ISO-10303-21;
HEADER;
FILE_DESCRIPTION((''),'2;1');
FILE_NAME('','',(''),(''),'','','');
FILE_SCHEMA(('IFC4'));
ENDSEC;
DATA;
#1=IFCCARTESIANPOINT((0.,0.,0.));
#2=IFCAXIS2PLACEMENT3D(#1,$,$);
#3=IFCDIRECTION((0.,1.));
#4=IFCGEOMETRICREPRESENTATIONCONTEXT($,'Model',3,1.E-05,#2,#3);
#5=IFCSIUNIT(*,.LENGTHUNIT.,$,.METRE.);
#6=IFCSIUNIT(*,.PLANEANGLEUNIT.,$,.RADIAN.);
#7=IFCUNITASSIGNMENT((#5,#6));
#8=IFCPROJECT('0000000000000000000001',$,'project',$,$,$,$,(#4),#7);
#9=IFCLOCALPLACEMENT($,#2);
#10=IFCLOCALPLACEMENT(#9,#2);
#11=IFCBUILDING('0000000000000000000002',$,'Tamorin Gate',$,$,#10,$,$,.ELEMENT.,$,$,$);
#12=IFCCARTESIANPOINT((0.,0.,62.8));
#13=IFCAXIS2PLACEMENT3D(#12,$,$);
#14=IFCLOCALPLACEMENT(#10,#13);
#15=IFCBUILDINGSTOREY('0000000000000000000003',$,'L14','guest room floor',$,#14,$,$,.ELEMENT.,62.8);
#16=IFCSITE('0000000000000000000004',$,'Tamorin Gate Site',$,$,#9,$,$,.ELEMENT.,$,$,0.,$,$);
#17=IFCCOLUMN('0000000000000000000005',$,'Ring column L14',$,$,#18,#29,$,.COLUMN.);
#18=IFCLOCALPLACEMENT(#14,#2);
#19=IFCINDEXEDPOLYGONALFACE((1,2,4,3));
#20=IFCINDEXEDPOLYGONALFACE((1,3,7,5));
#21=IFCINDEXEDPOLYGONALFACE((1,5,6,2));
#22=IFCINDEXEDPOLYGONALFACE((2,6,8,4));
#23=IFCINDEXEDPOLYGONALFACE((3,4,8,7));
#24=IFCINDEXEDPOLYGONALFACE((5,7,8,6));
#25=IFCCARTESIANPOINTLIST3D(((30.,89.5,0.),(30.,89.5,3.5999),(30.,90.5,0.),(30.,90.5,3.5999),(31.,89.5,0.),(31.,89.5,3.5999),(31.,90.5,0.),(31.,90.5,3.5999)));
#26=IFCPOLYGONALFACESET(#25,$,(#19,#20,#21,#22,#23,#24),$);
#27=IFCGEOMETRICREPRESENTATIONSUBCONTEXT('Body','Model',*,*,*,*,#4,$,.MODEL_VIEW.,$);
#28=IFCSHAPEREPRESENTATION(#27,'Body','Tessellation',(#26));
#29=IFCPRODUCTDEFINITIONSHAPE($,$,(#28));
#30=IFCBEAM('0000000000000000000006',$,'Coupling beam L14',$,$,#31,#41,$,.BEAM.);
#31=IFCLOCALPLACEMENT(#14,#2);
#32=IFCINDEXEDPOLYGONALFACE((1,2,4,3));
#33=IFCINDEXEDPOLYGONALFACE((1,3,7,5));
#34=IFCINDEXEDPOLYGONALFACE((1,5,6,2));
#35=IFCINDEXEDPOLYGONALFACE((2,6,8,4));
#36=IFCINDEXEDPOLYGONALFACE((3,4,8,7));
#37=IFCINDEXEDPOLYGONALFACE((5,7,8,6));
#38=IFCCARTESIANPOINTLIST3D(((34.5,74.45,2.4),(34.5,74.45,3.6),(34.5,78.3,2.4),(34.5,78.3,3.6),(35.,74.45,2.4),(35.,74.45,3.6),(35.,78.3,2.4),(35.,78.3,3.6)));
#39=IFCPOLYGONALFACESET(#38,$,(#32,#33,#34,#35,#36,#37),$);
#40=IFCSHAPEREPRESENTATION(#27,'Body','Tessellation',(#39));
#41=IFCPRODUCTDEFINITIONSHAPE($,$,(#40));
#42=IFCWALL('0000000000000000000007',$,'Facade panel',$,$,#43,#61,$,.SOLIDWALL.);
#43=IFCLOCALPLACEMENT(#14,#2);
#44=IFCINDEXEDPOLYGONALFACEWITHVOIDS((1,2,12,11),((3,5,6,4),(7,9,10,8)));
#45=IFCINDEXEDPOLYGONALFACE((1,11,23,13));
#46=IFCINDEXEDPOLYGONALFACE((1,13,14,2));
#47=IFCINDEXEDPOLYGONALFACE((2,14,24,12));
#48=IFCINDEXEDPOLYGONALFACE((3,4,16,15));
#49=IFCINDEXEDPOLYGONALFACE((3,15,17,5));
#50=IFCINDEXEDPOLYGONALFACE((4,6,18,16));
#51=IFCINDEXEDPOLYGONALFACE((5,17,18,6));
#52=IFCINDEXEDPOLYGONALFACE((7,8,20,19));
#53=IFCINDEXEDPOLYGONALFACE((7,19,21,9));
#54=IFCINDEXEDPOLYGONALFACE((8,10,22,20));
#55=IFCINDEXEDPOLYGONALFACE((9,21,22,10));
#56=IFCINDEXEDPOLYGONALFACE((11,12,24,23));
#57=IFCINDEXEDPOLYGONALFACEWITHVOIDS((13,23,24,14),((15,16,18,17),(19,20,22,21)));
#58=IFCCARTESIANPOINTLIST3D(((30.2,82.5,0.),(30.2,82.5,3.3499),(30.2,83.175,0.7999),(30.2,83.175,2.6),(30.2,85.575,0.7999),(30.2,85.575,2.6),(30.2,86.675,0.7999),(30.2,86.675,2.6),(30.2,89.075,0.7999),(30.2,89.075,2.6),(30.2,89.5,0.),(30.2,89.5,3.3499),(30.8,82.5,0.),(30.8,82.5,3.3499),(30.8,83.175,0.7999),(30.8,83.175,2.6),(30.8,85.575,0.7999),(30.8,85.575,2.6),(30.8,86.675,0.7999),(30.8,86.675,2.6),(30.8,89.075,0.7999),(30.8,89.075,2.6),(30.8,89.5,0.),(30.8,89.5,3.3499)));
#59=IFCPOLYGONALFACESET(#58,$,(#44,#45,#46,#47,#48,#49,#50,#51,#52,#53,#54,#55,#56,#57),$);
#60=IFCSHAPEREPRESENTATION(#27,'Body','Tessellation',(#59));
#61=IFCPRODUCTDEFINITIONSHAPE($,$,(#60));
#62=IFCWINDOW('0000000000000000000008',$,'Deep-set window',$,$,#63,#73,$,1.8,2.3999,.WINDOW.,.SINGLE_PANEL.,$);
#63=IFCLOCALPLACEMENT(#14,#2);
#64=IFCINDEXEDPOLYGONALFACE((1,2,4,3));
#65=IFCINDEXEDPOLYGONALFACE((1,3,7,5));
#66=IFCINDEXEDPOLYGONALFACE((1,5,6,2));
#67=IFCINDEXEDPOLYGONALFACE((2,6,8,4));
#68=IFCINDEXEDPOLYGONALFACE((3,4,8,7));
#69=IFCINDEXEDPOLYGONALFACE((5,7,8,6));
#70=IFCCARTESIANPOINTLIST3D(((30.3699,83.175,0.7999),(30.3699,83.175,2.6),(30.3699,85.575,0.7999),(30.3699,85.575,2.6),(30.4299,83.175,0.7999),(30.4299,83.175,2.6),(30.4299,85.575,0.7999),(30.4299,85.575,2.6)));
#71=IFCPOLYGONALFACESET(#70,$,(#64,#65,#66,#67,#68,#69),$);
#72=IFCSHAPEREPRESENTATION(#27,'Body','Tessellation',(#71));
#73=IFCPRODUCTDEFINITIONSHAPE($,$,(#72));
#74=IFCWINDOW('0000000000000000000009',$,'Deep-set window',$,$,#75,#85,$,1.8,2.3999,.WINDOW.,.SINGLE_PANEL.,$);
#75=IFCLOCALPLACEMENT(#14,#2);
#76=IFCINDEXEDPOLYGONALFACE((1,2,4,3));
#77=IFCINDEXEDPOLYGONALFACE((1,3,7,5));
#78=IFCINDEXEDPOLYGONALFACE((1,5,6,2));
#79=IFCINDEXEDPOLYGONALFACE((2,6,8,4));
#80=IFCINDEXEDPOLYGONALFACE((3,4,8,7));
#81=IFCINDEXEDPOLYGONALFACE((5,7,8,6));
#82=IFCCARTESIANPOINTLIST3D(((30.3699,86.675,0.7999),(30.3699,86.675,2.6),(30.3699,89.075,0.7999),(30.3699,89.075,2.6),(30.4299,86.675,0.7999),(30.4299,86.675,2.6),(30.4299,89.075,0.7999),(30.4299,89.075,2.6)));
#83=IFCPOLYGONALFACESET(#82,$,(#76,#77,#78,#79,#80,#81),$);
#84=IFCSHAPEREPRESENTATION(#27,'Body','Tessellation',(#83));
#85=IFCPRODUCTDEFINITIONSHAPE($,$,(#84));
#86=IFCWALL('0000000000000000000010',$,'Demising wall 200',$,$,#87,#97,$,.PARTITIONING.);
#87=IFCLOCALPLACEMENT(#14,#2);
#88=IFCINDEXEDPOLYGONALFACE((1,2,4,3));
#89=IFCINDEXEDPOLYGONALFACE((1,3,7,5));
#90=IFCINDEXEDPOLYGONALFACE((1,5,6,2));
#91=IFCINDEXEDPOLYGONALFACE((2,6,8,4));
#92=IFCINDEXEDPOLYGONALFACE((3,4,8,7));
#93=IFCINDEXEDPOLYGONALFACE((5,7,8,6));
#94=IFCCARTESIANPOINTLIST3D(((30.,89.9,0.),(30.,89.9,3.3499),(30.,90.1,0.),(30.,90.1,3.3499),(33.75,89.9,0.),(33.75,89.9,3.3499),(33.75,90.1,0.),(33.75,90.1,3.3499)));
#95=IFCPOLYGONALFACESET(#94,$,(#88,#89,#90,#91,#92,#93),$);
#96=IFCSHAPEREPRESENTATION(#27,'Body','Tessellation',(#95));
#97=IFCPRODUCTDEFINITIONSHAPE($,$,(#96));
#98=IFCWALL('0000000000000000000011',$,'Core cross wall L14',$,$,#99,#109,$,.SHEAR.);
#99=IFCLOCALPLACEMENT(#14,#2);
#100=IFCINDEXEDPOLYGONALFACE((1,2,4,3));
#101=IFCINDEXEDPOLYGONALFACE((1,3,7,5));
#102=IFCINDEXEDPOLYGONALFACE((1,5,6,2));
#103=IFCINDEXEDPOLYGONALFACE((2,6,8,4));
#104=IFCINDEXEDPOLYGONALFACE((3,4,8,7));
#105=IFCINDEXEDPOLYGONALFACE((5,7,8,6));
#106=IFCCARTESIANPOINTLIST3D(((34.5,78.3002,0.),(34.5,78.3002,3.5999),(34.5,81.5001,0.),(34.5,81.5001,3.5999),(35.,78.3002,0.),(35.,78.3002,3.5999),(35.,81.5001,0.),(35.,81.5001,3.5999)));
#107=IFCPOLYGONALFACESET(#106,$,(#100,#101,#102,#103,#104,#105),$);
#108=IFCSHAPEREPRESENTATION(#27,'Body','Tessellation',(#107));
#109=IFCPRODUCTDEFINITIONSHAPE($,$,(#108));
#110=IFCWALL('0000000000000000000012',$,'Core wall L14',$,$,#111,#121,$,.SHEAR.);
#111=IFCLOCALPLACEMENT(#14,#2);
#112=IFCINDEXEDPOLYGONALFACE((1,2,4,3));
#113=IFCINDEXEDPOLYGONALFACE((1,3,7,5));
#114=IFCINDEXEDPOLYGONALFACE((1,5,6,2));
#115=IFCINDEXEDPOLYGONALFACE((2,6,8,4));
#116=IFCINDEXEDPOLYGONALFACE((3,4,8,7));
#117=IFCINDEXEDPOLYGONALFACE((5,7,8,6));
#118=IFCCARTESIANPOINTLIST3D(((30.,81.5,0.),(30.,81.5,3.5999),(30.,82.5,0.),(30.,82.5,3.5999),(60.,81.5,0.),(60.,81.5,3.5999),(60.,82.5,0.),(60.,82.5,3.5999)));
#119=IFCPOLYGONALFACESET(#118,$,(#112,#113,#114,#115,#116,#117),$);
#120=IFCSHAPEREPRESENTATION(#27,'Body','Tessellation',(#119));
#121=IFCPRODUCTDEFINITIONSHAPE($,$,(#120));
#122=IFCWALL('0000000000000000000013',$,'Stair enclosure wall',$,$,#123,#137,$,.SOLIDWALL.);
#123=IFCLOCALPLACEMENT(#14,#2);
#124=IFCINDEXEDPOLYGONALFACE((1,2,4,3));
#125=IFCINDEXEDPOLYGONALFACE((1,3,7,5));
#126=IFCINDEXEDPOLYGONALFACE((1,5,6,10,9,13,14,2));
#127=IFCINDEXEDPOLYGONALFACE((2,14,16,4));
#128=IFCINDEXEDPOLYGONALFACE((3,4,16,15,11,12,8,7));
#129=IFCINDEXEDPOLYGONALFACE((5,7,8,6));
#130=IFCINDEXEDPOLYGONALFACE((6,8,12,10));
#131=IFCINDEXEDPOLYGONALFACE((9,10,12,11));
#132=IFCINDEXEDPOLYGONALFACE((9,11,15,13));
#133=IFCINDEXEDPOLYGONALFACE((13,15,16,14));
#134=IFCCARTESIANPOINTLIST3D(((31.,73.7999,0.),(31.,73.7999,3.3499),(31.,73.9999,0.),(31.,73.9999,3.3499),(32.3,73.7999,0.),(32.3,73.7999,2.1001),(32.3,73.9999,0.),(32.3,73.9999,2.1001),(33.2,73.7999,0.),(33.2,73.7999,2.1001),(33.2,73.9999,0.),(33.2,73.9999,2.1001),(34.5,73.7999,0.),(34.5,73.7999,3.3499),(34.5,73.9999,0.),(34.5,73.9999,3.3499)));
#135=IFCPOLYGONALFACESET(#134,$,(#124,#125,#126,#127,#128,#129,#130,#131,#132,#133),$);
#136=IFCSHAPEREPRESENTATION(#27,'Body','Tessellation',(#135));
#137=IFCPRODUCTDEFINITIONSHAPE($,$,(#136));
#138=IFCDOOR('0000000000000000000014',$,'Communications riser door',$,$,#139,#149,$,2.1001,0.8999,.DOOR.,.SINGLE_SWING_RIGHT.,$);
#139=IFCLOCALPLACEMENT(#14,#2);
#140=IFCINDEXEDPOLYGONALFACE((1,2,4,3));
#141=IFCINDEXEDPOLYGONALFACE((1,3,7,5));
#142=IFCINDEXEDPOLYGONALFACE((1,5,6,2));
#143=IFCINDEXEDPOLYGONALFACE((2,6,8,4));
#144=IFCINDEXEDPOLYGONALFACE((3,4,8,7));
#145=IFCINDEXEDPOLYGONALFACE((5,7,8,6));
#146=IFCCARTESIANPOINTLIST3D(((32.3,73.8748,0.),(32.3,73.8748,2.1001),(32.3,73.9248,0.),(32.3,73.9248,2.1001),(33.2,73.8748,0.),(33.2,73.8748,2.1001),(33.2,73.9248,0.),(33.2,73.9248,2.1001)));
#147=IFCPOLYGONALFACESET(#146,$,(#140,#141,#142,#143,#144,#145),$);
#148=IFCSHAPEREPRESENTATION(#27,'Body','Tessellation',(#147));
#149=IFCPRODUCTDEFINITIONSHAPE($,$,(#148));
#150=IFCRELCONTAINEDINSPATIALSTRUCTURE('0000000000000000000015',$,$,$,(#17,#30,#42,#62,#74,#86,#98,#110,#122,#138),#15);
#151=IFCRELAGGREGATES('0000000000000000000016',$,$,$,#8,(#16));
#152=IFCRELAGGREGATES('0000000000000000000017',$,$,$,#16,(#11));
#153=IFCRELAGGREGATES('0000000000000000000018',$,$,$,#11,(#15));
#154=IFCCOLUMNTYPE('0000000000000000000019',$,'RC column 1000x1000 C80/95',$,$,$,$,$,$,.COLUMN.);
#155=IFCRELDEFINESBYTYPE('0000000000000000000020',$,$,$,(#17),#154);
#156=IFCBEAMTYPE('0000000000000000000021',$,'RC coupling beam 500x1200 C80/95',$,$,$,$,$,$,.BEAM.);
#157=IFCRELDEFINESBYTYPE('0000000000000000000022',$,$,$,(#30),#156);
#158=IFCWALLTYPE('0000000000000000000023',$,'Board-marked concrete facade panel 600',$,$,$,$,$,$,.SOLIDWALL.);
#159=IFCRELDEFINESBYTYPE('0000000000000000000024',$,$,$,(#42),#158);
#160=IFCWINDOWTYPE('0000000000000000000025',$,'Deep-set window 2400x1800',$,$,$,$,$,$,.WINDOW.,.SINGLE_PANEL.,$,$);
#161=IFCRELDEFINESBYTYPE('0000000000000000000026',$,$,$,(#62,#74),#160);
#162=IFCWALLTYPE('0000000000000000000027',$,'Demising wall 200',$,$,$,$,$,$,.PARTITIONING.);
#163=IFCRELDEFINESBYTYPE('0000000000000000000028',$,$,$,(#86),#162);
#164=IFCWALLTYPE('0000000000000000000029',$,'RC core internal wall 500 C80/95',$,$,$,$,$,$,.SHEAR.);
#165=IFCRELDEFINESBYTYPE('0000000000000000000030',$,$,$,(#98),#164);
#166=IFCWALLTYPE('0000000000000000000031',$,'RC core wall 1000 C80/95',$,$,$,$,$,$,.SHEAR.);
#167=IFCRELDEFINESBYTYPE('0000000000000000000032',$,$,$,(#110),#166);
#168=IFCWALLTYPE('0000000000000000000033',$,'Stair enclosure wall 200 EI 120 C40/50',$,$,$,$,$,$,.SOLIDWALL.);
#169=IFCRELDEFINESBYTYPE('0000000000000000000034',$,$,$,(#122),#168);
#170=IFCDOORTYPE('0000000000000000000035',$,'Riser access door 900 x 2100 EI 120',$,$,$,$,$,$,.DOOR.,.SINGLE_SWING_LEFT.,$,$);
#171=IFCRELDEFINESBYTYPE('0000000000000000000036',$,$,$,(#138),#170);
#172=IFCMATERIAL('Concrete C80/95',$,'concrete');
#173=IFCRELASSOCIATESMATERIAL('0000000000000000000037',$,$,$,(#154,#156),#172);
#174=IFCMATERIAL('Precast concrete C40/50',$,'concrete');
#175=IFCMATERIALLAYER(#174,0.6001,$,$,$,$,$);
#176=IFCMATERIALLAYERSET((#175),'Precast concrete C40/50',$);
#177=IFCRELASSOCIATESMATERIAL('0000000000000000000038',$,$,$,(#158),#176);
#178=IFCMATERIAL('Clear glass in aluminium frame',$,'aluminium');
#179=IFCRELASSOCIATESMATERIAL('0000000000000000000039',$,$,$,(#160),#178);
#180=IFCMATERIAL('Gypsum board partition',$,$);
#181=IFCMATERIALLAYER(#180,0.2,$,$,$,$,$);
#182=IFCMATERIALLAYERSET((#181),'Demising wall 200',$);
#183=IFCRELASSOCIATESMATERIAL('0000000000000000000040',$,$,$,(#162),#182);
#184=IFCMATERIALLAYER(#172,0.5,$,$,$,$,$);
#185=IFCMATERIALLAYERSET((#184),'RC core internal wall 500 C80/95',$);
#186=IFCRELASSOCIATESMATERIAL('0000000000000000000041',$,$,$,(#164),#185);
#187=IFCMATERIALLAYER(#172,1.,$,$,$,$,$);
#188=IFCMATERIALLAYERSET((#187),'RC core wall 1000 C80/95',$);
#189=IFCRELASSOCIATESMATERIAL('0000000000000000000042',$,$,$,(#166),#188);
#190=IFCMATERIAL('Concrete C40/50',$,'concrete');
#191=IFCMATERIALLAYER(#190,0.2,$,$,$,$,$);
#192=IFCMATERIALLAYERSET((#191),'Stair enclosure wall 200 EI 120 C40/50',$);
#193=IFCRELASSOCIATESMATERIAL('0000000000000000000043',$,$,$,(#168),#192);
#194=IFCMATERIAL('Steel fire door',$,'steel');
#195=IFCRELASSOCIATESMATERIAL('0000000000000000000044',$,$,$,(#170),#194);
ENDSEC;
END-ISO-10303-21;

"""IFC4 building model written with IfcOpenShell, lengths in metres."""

from ifc_helpers import new_model, si_unit, direction, frame, frame_2d, origin, origin_2d, place, context, subcontext, project, spatial, rectangle, extrude, material, layer, layer_set, material_profile, profile_set, type_object, element, fill, save


model = new_model("IFC4")

# Units and contexts
model_context = context("Model", 3, precision=1e-05, world=origin(), true_north=direction((0.0, 1.0)))
body_context = subcontext(model_context, "Body", "Model", "MODEL_VIEW")
ifc_project = project(units=[si_unit("LENGTHUNIT", "METRE"), si_unit("PLANEANGLEUNIT", "RADIAN")], contexts=[model_context])

# Site, building, storey
site_placement = place(None, origin())
site = spatial("IfcSite", under=ifc_project, at=site_placement, Name="Tamorin Gate Site", CompositionType="ELEMENT", RefElevation=0.0)
building_placement = place(site_placement, origin())
building = spatial("IfcBuilding", under=site, at=building_placement, Name="Tamorin Gate", CompositionType="ELEMENT")
storey_placement = place(building_placement, frame((0.0, 0.0, 62.8)))
storey = spatial("IfcBuildingStorey", under=building, at=storey_placement, Name="L14", Description="guest room floor", CompositionType="ELEMENT", Elevation=62.8)

# Column
ifc_material_1 = material(Name="Concrete C80/95", Category="concrete")
ifc_material_profile_1 = material_profile(ifc_material_1, rectangle(XDim=1.0, YDim=1.0, at=origin_2d()), Name="RC 1000x1000")
ifc_profile_set_1 = profile_set([ifc_material_profile_1], Name="Concrete C80/95")
column_type = type_object("IfcColumnType", Name="RC column 1000x1000 C80/95", PredefinedType="COLUMN", material=ifc_profile_set_1)
column_placement = place(storey_placement, frame((30.5, 90.0, 0.0), z_axis=(0.0, 0.0, 1.0), x_axis=(1.0, 0.0, 0.0)))
element("IfcColumn", 1, at=column_placement, inside=storey, type_object=column_type, Name="Ring column L14", PredefinedType="COLUMN", context=body_context, shape_type="SweptSolid", body=[
    extrude(rectangle(XDim=1.0, YDim=1.0, at=origin_2d()), origin(), (0.0, 0.0, 1.0), 3.5999),
])

# Beam
ifc_material_profile_2 = material_profile(ifc_material_1, rectangle(XDim=0.5, YDim=1.2, at=origin_2d()), Name="RC 500x1200")
ifc_profile_set_2 = profile_set([ifc_material_profile_2], Name="Concrete C80/95")
beam_type = type_object("IfcBeamType", Name="RC coupling beam 500x1200 C80/95", PredefinedType="BEAM", material=ifc_profile_set_2)
beam_placement = place(storey_placement, frame((34.75, 74.45, 3.0), z_axis=(0.0, 1.0, 0.0), x_axis=(-1.0, 0.0, 0.0)))
element("IfcBeam", 2, at=beam_placement, inside=storey, type_object=beam_type, Name="Coupling beam L14", PredefinedType="BEAM", context=body_context, shape_type="SweptSolid", body=[
    extrude(rectangle(XDim=0.5, YDim=1.2, at=origin_2d()), origin(), (0.0, 0.0, 1.0), 3.8501),
])

# Wall, openings, windows
ifc_material_2 = material(Name="Precast concrete C40/50", Category="concrete")
ifc_layer_1 = layer(ifc_material_2, 0.6001)
ifc_layer_set_1 = layer_set([ifc_layer_1], Name="Precast concrete C40/50")
wall_type_1 = type_object("IfcWallType", Name="Board-marked concrete facade panel 600", PredefinedType="SOLIDWALL", material=ifc_layer_set_1)
wall_1_placement = place(storey_placement, frame((30.5, 89.5, 0.0), z_axis=(0.0, 0.0, 1.0), x_axis=(0.0, -1.0, 0.0)))
wall_1 = element("IfcWall", 3, at=wall_1_placement, inside=storey, type_object=wall_type_1, Name="Facade panel", PredefinedType="SOLIDWALL", context=body_context, shape_type="SweptSolid", body=[
    extrude(rectangle(XDim=7.0, YDim=0.6001, at=frame_2d((3.5, 0.0))), origin(), (0.0, 0.0, 1.0), 3.3499),
])
opening_1_placement = place(wall_1_placement, frame((3.925, 0.0, 0.8)))
opening_1 = element("IfcOpeningElement", 4, at=opening_1_placement, cuts=wall_1, PredefinedType="OPENING", context=body_context, shape_type="SweptSolid", body=[
    extrude(rectangle(XDim=2.3999, YDim=1.8, at=frame_2d((1.2, 0.8999))), frame((0.0, 0.3101, 0.0), z_axis=(0.0, -1.0, 0.0), x_axis=(1.0, 0.0, 0.0)), (0.0, 0.0, 1.0), 0.6201),
])
opening_2_placement = place(wall_1_placement, frame((0.425, 0.0, 0.8)))
opening_2 = element("IfcOpeningElement", 5, at=opening_2_placement, cuts=wall_1, PredefinedType="OPENING", context=body_context, shape_type="SweptSolid", body=[
    extrude(rectangle(XDim=2.3999, YDim=1.8, at=frame_2d((1.2, 0.8999))), frame((0.0, 0.3101, 0.0), z_axis=(0.0, -1.0, 0.0), x_axis=(1.0, 0.0, 0.0)), (0.0, 0.0, 1.0), 0.6201),
])
ifc_material_3 = material(Name="Clear glass in aluminium frame", Category="aluminium")
window_type = type_object("IfcWindowType", Name="Deep-set window 2400x1800", PartitioningType="SINGLE_PANEL", PredefinedType="WINDOW", material=ifc_material_3)
window_1_placement = place(opening_1_placement, origin())
window_1 = element("IfcWindow", 6, at=window_1_placement, inside=storey, type_object=window_type, Name="Deep-set window", OverallHeight=1.8, OverallWidth=2.3999, PartitioningType="SINGLE_PANEL", PredefinedType="WINDOW", context=body_context, shape_type="SweptSolid", body=[
    extrude(rectangle(XDim=2.3999, YDim=1.8, at=frame_2d((1.2, 0.8999))), frame((0.0, -0.0701, 0.0), z_axis=(0.0, -1.0, 0.0), x_axis=(1.0, 0.0, 0.0)), (0.0, 0.0, 1.0), 0.0601),
])
fill(opening_1, window_1)
window_2_placement = place(opening_2_placement, origin())
window_2 = element("IfcWindow", 7, at=window_2_placement, inside=storey, type_object=window_type, Name="Deep-set window", OverallHeight=1.8, OverallWidth=2.3999, PartitioningType="SINGLE_PANEL", PredefinedType="WINDOW", context=body_context, shape_type="SweptSolid", body=[
    extrude(rectangle(XDim=2.3999, YDim=1.8, at=frame_2d((1.2, 0.8999))), frame((0.0, -0.0701, 0.0), z_axis=(0.0, -1.0, 0.0), x_axis=(1.0, 0.0, 0.0)), (0.0, 0.0, 1.0), 0.0601),
])
fill(opening_2, window_2)

# Walls
ifc_material_4 = material(Name="Gypsum board partition")
ifc_layer_2 = layer(ifc_material_4, 0.2)
ifc_layer_set_2 = layer_set([ifc_layer_2], Name="Demising wall 200")
wall_type_2 = type_object("IfcWallType", Name="Demising wall 200", PredefinedType="PARTITIONING", material=ifc_layer_set_2)
wall_2_placement = place(storey_placement, frame((30.0, 90.0, 0.0), z_axis=(0.0, 0.0, 1.0), x_axis=(1.0, 0.0, 0.0)))
element("IfcWall", 8, at=wall_2_placement, inside=storey, type_object=wall_type_2, Name="Demising wall 200", PredefinedType="PARTITIONING", context=body_context, shape_type="SweptSolid", body=[
    extrude(rectangle(XDim=3.75, YDim=0.2, at=frame_2d((1.875, 0.0))), origin(), (0.0, 0.0, 1.0), 3.3499),
])
ifc_layer_3 = layer(ifc_material_1, 0.5)
ifc_layer_set_3 = layer_set([ifc_layer_3], Name="RC core internal wall 500 C80/95")
wall_type_3 = type_object("IfcWallType", Name="RC core internal wall 500 C80/95", PredefinedType="SHEAR", material=ifc_layer_set_3)
wall_3_placement = place(storey_placement, frame((34.75, 78.3, 0.0), z_axis=(0.0, 0.0, 1.0), x_axis=(0.0, 1.0, 0.0)))
element("IfcWall", 9, at=wall_3_placement, inside=storey, type_object=wall_type_3, Name="Core cross wall L14", PredefinedType="SHEAR", context=body_context, shape_type="SweptSolid", body=[
    extrude(rectangle(XDim=3.2, YDim=0.5, at=frame_2d((1.6001, 0.0))), origin(), (0.0, 0.0, 1.0), 3.5999),
])
ifc_layer_4 = layer(ifc_material_1, 1.0)
ifc_layer_set_4 = layer_set([ifc_layer_4], Name="RC core wall 1000 C80/95")
wall_type_4 = type_object("IfcWallType", Name="RC core wall 1000 C80/95", PredefinedType="SHEAR", material=ifc_layer_set_4)
wall_4_placement = place(storey_placement, frame((30.0, 82.0, 0.0), z_axis=(0.0, 0.0, 1.0), x_axis=(1.0, 0.0, 0.0)))
element("IfcWall", 10, at=wall_4_placement, inside=storey, type_object=wall_type_4, Name="Core wall L14", PredefinedType="SHEAR", context=body_context, shape_type="SweptSolid", body=[
    extrude(rectangle(XDim=30.0, YDim=1.0, at=frame_2d((15.0, 0.0))), origin(), (0.0, 0.0, 1.0), 3.5999),
])

# Wall, opening, door
ifc_material_5 = material(Name="Concrete C40/50", Category="concrete")
ifc_layer_5 = layer(ifc_material_5, 0.2)
ifc_layer_set_5 = layer_set([ifc_layer_5], Name="Stair enclosure wall 200 EI 120 C40/50")
wall_type_5 = type_object("IfcWallType", Name="Stair enclosure wall 200 EI 120 C40/50", PredefinedType="SOLIDWALL", material=ifc_layer_set_5)
wall_5_placement = place(storey_placement, frame((31.0, 73.8999, 0.0), z_axis=(0.0, 0.0, 1.0), x_axis=(1.0, 0.0, 0.0)))
wall_5 = element("IfcWall", 11, at=wall_5_placement, inside=storey, type_object=wall_type_5, Name="Stair enclosure wall", PredefinedType="SOLIDWALL", context=body_context, shape_type="SweptSolid", body=[
    extrude(rectangle(XDim=3.5, YDim=0.2, at=frame_2d((1.75, 0.0))), origin(), (0.0, 0.0, 1.0), 3.3499),
])
opening_3_placement = place(wall_5_placement, frame((1.3, 0.0, 0.0)))
opening_3 = element("IfcOpeningElement", 12, at=opening_3_placement, cuts=wall_5, PredefinedType="OPENING", context=body_context, shape_type="SweptSolid", body=[
    extrude(rectangle(XDim=0.8999, YDim=2.1001, at=frame_2d((0.45, 1.05))), frame((0.0, 0.1099, 0.0), z_axis=(0.0, -1.0, 0.0), x_axis=(1.0, 0.0, 0.0)), (0.0, 0.0, 1.0), 0.22),
])
ifc_material_6 = material(Name="Steel fire door", Category="steel")
door_type_1 = type_object("IfcDoorType", Name="Riser access door 900 x 2100 EI 120", OperationType="SINGLE_SWING_LEFT", PredefinedType="DOOR", material=ifc_material_6)
door_1_placement = place(opening_3_placement, origin())
door_1 = element("IfcDoor", 13, at=door_1_placement, inside=storey, type_object=door_type_1, Name="Communications riser door", OperationType="SINGLE_SWING_RIGHT", OverallHeight=2.1001, OverallWidth=0.8999, PredefinedType="DOOR", context=body_context, shape_type="SweptSolid", body=[
    extrude(rectangle(XDim=0.8999, YDim=2.1001, at=frame_2d((0.45, 1.05))), frame((0.0, 0.0249, 0.0), z_axis=(0.0, -1.0, 0.0), x_axis=(1.0, 0.0, 0.0)), (0.0, 0.0, 1.0), 0.05),
])
fill(opening_3, door_1)

save(model, "model.ifc")
